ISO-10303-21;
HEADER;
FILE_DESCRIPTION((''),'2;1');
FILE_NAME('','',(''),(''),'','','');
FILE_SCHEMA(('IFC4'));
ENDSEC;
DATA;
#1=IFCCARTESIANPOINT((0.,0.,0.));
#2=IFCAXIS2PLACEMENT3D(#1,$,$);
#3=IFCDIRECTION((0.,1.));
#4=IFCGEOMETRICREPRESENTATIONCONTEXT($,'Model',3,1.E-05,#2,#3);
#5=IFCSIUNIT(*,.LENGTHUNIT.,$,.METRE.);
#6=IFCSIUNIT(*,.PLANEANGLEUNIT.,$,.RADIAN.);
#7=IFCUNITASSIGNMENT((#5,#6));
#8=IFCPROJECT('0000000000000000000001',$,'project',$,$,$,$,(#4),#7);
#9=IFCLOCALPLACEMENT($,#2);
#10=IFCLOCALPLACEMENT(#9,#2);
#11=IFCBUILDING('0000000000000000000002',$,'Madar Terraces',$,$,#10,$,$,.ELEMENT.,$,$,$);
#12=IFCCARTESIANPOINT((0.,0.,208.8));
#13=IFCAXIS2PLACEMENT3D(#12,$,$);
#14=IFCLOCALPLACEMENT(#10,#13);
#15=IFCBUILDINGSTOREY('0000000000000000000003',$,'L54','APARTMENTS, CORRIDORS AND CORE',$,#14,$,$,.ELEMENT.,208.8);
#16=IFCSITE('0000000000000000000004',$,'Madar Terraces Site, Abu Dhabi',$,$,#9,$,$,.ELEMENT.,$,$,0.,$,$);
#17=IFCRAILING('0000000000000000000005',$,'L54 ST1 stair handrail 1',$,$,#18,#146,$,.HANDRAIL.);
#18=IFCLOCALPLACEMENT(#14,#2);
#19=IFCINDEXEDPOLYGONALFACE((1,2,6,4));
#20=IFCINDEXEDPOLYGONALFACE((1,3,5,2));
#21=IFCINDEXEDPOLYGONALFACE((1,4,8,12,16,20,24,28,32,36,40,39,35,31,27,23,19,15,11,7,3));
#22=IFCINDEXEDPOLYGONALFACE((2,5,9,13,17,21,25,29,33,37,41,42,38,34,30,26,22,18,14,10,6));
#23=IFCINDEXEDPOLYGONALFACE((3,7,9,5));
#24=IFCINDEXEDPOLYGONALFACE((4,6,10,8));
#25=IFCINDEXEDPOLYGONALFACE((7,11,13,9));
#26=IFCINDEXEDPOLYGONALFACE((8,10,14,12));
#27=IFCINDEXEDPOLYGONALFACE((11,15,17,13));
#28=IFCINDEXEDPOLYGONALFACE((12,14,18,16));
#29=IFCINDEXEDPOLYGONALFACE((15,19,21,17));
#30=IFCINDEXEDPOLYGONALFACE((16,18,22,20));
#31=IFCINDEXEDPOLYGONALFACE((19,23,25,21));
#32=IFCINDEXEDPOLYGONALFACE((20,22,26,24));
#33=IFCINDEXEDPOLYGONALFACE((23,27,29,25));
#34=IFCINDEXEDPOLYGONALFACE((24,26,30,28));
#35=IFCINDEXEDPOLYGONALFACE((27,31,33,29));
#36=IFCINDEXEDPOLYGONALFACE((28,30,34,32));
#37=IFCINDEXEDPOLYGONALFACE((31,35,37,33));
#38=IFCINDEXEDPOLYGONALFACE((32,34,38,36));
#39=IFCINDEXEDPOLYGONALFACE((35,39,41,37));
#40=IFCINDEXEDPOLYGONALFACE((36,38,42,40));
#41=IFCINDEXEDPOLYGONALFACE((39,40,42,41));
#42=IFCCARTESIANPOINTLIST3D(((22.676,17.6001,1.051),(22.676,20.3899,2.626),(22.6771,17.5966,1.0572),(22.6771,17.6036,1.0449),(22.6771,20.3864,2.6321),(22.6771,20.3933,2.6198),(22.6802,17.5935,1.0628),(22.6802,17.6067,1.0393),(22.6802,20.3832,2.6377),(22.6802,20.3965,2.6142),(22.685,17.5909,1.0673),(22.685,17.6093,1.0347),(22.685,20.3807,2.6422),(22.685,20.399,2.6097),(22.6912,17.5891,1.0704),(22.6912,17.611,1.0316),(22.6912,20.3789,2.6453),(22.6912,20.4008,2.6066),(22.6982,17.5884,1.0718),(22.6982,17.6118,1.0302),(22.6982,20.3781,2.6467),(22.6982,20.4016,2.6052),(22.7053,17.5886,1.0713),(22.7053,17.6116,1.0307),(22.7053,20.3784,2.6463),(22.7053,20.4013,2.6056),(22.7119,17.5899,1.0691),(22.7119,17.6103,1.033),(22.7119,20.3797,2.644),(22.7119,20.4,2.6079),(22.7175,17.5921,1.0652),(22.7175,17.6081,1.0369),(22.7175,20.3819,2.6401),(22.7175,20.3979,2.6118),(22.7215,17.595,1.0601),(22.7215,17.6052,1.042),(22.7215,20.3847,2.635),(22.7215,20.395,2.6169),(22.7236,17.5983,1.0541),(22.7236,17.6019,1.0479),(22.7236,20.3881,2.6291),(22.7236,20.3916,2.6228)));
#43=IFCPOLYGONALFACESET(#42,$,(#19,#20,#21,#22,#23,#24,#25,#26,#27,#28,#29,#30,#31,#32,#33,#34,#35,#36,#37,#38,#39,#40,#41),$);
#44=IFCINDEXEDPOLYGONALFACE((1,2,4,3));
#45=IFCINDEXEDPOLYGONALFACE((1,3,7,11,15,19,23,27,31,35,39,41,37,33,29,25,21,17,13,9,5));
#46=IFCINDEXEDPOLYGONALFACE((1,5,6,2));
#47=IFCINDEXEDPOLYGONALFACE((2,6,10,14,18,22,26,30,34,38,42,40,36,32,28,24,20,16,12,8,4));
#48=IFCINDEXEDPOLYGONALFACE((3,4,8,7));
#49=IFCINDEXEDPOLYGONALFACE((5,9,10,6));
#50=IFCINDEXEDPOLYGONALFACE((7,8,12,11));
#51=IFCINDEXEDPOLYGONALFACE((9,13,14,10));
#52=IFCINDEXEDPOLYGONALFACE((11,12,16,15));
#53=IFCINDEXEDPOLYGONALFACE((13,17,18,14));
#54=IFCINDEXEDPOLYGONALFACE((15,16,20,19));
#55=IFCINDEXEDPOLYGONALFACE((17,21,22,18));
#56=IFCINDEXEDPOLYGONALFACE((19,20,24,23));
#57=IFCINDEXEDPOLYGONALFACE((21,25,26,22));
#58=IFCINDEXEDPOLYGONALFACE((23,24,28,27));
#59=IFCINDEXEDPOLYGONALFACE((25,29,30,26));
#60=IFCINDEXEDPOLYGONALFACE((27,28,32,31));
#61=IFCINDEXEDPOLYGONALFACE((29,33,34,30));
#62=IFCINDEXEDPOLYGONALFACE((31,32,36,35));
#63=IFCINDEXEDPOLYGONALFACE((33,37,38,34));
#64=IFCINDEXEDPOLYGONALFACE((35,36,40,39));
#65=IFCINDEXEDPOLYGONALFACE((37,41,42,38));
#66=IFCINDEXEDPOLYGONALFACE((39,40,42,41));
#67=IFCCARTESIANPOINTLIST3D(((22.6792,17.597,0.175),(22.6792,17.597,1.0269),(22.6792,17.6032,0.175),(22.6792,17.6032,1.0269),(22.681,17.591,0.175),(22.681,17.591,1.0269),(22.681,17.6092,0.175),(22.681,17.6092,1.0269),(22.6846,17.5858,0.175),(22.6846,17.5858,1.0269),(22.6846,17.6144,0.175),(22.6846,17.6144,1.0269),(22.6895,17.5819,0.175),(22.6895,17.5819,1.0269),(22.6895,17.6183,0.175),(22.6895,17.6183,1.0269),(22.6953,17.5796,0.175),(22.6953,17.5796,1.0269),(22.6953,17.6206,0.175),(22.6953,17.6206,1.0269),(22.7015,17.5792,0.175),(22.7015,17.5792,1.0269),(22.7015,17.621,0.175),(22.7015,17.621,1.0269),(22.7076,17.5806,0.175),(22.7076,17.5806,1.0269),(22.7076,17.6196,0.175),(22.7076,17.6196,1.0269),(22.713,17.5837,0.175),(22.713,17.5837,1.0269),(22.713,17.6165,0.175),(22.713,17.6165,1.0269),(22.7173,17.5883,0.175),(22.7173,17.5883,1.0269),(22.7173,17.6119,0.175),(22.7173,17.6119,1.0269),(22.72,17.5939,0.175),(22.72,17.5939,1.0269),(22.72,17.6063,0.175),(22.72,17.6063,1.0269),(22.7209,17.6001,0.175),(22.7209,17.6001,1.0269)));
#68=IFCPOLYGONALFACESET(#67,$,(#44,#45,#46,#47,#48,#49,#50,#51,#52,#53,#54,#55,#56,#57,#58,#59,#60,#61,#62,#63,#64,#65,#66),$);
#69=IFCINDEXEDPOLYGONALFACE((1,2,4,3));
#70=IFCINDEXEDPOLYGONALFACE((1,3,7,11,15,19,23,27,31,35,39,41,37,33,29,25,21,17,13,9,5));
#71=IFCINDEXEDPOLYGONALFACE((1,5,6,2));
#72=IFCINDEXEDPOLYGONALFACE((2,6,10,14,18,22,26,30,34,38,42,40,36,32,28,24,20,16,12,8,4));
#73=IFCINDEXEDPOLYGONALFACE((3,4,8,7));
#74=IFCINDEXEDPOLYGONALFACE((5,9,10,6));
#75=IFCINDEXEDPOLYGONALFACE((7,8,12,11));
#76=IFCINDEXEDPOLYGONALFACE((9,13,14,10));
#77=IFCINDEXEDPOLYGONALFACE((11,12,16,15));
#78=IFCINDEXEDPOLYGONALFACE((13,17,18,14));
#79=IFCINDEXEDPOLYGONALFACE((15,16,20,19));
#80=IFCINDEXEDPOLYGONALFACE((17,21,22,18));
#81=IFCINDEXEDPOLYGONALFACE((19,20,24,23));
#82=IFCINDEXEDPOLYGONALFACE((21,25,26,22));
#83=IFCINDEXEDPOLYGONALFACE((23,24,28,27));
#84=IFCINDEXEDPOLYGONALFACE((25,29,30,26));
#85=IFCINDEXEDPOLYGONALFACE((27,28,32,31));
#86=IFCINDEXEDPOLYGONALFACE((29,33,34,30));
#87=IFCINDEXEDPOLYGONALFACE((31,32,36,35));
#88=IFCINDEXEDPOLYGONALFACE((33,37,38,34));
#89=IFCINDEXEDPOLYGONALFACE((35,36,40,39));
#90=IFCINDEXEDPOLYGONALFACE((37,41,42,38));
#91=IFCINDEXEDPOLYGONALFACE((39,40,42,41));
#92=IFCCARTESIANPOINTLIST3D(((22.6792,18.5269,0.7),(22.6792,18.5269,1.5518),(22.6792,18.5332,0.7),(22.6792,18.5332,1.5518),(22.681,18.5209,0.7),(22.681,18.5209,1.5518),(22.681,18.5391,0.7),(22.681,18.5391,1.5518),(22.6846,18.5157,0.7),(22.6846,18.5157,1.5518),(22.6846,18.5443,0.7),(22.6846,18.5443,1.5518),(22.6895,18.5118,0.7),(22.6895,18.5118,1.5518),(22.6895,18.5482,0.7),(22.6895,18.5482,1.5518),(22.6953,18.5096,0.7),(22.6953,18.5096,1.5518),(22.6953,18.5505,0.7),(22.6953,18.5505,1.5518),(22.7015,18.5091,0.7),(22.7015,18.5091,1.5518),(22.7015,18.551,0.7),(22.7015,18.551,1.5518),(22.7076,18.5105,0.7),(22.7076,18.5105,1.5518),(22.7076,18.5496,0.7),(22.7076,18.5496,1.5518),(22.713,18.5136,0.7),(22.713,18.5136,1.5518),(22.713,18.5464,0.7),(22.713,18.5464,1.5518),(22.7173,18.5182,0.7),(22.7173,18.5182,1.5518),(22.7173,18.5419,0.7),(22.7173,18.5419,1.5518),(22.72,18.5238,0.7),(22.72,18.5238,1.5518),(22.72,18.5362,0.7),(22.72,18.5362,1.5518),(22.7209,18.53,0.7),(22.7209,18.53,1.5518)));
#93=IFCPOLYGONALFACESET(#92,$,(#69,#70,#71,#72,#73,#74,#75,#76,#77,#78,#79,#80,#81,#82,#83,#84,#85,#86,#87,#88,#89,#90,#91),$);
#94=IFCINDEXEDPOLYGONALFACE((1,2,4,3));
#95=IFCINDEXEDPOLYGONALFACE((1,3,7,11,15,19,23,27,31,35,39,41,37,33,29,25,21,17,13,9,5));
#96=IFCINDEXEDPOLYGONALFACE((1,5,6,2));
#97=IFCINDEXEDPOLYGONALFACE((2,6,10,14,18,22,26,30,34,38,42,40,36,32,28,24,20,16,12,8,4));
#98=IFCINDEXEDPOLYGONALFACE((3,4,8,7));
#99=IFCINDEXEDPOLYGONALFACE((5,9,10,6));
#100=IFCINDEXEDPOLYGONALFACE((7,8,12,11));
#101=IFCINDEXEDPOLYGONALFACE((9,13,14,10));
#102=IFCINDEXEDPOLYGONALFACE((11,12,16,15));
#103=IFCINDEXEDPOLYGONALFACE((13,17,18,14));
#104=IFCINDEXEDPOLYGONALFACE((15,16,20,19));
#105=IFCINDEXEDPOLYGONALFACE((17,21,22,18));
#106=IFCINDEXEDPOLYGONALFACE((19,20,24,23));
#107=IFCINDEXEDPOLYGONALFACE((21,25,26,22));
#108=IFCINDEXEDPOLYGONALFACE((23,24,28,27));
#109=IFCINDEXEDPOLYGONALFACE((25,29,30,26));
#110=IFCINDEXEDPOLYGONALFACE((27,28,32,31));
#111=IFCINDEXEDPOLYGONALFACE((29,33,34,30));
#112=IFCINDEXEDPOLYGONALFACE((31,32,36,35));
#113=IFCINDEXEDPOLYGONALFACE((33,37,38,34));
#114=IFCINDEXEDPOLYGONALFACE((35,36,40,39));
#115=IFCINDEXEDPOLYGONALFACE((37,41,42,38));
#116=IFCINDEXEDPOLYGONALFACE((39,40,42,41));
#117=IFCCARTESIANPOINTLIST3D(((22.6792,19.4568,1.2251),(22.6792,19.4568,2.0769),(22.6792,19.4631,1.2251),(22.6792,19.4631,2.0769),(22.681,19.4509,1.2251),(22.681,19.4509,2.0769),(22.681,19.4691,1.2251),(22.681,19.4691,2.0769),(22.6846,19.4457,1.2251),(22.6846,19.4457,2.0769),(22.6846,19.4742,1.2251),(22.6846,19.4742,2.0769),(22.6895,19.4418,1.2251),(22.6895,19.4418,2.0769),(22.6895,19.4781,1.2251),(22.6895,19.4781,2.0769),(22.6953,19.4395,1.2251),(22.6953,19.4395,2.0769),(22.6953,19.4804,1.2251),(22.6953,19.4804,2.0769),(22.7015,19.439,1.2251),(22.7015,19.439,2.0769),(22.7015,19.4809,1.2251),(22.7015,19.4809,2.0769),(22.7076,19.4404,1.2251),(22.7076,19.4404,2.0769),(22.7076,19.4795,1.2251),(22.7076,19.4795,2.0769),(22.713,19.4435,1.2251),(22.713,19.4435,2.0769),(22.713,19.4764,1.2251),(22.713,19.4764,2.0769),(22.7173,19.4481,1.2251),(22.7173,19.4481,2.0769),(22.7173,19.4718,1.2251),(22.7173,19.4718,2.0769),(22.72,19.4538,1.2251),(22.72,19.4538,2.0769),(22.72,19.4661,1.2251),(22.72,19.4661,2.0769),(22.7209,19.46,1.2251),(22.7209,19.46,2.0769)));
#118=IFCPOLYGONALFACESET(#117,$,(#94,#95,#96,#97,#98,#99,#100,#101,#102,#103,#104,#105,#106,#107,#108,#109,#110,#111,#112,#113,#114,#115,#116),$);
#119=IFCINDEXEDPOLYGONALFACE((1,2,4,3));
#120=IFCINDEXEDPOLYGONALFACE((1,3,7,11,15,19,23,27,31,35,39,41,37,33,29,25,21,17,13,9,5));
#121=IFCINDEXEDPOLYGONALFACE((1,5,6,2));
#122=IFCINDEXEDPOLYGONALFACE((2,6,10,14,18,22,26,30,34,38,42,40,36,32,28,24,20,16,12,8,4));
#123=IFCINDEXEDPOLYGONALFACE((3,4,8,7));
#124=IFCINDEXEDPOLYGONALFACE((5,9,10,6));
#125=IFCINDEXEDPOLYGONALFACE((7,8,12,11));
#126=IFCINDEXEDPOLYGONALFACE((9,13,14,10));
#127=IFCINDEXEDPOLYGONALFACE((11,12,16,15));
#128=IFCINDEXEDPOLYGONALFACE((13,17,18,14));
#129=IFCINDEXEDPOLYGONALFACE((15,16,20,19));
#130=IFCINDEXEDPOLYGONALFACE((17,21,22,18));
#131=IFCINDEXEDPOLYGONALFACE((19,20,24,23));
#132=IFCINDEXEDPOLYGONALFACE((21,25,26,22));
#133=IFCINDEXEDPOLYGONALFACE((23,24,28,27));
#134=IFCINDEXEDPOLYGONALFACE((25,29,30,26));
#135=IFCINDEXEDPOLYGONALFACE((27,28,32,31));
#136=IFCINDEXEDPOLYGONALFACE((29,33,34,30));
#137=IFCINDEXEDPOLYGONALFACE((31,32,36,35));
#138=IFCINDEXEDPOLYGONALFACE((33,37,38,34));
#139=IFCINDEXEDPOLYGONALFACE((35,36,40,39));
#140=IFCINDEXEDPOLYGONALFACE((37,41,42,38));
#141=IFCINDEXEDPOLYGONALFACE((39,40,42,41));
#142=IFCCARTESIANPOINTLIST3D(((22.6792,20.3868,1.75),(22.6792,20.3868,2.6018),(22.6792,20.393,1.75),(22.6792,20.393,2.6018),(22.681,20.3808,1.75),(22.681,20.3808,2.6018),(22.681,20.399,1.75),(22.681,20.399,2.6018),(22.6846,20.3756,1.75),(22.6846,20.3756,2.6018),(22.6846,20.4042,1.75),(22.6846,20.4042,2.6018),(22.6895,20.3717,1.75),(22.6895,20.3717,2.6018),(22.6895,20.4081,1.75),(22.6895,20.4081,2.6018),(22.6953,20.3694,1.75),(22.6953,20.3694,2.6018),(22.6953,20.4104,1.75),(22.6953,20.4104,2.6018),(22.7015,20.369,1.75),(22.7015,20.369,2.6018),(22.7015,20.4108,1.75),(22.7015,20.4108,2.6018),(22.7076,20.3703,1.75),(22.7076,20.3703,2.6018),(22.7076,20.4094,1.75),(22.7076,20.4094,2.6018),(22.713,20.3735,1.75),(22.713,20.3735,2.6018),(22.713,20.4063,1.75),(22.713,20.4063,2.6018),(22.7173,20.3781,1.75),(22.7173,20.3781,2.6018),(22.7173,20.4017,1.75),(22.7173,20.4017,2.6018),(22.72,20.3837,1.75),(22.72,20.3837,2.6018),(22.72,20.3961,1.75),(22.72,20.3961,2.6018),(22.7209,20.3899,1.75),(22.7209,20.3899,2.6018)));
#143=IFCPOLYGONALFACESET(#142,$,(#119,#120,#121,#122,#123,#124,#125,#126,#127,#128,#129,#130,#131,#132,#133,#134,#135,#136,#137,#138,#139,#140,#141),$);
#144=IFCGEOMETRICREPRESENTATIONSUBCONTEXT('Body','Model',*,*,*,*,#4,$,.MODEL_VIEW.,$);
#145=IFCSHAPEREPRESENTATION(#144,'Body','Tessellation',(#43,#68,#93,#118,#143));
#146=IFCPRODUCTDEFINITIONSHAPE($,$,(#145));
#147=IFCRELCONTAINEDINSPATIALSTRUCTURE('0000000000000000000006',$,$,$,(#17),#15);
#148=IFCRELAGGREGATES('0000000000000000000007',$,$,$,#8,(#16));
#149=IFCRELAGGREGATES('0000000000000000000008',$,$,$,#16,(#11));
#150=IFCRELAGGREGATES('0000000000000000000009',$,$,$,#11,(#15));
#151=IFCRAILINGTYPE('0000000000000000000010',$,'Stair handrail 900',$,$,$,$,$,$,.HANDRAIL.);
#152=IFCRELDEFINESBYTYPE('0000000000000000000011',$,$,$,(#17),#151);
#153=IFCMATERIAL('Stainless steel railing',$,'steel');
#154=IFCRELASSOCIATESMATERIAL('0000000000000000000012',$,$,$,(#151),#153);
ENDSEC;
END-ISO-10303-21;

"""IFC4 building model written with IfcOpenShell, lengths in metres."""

from ifc_helpers import new_model, si_unit, direction, frame, origin, origin_2d, place, context, subcontext, project, spatial, circle, extrude, material, type_object, element, save


model = new_model("IFC4")

# Units and contexts
model_context = context("Model", 3, precision=1e-05, world=origin(), true_north=direction((0.0, 1.0)))
body_context = subcontext(model_context, "Body", "Model", "MODEL_VIEW")
ifc_project = project(units=[si_unit("LENGTHUNIT", "METRE"), si_unit("PLANEANGLEUNIT", "RADIAN")], contexts=[model_context])

# Site, building, storey
site_placement = place(None, origin())
site = spatial("IfcSite", under=ifc_project, at=site_placement, Name="Madar Terraces Site, Abu Dhabi", CompositionType="ELEMENT", RefElevation=0.0)
building_placement = place(site_placement, origin())
building = spatial("IfcBuilding", under=site, at=building_placement, Name="Madar Terraces", CompositionType="ELEMENT")
storey_placement = place(building_placement, frame((0.0, 0.0, 208.8)))
storey = spatial("IfcBuildingStorey", under=building, at=storey_placement, Name="L54", Description="APARTMENTS, CORRIDORS AND CORE", CompositionType="ELEMENT", Elevation=208.8)

# Railing
ifc_material_1 = material(Name="Stainless steel railing", Category="steel")
railing_type_1 = type_object("IfcRailingType", Name="Stair handrail 900", PredefinedType="HANDRAIL", material=ifc_material_1)
railing_1_placement = place(storey_placement, frame((22.7, 17.6001, 0.175)))
element("IfcRailing", 1, at=railing_1_placement, inside=storey, type_object=railing_type_1, Name="L54 ST1 stair handrail 1", PredefinedType="HANDRAIL", context=body_context, shape_type="SweptSolid", body=[
    extrude(circle(Radius=0.0239, at=origin_2d()), frame((0.0, 0.0, 0.876), z_axis=(0.0, 0.870815, 0.49161), x_axis=(-1.0, 0.0, 0.0)), (0.0, 0.0, 1.0), 3.2036),
    extrude(circle(Radius=0.021, at=origin_2d()), origin(), (0.0, 0.0, 1.0), 0.8518),
    extrude(circle(Radius=0.021, at=origin_2d()), frame((0.0, 0.9299, 0.5249)), (0.0, 0.0, 1.0), 0.8518),
    extrude(circle(Radius=0.021, at=origin_2d()), frame((0.0, 1.8599, 1.05)), (0.0, 0.0, 1.0), 0.8518),
    extrude(circle(Radius=0.021, at=origin_2d()), frame((0.0, 2.7898, 1.575)), (0.0, 0.0, 1.0), 0.8518),
])

save(model, "model.ifc")
